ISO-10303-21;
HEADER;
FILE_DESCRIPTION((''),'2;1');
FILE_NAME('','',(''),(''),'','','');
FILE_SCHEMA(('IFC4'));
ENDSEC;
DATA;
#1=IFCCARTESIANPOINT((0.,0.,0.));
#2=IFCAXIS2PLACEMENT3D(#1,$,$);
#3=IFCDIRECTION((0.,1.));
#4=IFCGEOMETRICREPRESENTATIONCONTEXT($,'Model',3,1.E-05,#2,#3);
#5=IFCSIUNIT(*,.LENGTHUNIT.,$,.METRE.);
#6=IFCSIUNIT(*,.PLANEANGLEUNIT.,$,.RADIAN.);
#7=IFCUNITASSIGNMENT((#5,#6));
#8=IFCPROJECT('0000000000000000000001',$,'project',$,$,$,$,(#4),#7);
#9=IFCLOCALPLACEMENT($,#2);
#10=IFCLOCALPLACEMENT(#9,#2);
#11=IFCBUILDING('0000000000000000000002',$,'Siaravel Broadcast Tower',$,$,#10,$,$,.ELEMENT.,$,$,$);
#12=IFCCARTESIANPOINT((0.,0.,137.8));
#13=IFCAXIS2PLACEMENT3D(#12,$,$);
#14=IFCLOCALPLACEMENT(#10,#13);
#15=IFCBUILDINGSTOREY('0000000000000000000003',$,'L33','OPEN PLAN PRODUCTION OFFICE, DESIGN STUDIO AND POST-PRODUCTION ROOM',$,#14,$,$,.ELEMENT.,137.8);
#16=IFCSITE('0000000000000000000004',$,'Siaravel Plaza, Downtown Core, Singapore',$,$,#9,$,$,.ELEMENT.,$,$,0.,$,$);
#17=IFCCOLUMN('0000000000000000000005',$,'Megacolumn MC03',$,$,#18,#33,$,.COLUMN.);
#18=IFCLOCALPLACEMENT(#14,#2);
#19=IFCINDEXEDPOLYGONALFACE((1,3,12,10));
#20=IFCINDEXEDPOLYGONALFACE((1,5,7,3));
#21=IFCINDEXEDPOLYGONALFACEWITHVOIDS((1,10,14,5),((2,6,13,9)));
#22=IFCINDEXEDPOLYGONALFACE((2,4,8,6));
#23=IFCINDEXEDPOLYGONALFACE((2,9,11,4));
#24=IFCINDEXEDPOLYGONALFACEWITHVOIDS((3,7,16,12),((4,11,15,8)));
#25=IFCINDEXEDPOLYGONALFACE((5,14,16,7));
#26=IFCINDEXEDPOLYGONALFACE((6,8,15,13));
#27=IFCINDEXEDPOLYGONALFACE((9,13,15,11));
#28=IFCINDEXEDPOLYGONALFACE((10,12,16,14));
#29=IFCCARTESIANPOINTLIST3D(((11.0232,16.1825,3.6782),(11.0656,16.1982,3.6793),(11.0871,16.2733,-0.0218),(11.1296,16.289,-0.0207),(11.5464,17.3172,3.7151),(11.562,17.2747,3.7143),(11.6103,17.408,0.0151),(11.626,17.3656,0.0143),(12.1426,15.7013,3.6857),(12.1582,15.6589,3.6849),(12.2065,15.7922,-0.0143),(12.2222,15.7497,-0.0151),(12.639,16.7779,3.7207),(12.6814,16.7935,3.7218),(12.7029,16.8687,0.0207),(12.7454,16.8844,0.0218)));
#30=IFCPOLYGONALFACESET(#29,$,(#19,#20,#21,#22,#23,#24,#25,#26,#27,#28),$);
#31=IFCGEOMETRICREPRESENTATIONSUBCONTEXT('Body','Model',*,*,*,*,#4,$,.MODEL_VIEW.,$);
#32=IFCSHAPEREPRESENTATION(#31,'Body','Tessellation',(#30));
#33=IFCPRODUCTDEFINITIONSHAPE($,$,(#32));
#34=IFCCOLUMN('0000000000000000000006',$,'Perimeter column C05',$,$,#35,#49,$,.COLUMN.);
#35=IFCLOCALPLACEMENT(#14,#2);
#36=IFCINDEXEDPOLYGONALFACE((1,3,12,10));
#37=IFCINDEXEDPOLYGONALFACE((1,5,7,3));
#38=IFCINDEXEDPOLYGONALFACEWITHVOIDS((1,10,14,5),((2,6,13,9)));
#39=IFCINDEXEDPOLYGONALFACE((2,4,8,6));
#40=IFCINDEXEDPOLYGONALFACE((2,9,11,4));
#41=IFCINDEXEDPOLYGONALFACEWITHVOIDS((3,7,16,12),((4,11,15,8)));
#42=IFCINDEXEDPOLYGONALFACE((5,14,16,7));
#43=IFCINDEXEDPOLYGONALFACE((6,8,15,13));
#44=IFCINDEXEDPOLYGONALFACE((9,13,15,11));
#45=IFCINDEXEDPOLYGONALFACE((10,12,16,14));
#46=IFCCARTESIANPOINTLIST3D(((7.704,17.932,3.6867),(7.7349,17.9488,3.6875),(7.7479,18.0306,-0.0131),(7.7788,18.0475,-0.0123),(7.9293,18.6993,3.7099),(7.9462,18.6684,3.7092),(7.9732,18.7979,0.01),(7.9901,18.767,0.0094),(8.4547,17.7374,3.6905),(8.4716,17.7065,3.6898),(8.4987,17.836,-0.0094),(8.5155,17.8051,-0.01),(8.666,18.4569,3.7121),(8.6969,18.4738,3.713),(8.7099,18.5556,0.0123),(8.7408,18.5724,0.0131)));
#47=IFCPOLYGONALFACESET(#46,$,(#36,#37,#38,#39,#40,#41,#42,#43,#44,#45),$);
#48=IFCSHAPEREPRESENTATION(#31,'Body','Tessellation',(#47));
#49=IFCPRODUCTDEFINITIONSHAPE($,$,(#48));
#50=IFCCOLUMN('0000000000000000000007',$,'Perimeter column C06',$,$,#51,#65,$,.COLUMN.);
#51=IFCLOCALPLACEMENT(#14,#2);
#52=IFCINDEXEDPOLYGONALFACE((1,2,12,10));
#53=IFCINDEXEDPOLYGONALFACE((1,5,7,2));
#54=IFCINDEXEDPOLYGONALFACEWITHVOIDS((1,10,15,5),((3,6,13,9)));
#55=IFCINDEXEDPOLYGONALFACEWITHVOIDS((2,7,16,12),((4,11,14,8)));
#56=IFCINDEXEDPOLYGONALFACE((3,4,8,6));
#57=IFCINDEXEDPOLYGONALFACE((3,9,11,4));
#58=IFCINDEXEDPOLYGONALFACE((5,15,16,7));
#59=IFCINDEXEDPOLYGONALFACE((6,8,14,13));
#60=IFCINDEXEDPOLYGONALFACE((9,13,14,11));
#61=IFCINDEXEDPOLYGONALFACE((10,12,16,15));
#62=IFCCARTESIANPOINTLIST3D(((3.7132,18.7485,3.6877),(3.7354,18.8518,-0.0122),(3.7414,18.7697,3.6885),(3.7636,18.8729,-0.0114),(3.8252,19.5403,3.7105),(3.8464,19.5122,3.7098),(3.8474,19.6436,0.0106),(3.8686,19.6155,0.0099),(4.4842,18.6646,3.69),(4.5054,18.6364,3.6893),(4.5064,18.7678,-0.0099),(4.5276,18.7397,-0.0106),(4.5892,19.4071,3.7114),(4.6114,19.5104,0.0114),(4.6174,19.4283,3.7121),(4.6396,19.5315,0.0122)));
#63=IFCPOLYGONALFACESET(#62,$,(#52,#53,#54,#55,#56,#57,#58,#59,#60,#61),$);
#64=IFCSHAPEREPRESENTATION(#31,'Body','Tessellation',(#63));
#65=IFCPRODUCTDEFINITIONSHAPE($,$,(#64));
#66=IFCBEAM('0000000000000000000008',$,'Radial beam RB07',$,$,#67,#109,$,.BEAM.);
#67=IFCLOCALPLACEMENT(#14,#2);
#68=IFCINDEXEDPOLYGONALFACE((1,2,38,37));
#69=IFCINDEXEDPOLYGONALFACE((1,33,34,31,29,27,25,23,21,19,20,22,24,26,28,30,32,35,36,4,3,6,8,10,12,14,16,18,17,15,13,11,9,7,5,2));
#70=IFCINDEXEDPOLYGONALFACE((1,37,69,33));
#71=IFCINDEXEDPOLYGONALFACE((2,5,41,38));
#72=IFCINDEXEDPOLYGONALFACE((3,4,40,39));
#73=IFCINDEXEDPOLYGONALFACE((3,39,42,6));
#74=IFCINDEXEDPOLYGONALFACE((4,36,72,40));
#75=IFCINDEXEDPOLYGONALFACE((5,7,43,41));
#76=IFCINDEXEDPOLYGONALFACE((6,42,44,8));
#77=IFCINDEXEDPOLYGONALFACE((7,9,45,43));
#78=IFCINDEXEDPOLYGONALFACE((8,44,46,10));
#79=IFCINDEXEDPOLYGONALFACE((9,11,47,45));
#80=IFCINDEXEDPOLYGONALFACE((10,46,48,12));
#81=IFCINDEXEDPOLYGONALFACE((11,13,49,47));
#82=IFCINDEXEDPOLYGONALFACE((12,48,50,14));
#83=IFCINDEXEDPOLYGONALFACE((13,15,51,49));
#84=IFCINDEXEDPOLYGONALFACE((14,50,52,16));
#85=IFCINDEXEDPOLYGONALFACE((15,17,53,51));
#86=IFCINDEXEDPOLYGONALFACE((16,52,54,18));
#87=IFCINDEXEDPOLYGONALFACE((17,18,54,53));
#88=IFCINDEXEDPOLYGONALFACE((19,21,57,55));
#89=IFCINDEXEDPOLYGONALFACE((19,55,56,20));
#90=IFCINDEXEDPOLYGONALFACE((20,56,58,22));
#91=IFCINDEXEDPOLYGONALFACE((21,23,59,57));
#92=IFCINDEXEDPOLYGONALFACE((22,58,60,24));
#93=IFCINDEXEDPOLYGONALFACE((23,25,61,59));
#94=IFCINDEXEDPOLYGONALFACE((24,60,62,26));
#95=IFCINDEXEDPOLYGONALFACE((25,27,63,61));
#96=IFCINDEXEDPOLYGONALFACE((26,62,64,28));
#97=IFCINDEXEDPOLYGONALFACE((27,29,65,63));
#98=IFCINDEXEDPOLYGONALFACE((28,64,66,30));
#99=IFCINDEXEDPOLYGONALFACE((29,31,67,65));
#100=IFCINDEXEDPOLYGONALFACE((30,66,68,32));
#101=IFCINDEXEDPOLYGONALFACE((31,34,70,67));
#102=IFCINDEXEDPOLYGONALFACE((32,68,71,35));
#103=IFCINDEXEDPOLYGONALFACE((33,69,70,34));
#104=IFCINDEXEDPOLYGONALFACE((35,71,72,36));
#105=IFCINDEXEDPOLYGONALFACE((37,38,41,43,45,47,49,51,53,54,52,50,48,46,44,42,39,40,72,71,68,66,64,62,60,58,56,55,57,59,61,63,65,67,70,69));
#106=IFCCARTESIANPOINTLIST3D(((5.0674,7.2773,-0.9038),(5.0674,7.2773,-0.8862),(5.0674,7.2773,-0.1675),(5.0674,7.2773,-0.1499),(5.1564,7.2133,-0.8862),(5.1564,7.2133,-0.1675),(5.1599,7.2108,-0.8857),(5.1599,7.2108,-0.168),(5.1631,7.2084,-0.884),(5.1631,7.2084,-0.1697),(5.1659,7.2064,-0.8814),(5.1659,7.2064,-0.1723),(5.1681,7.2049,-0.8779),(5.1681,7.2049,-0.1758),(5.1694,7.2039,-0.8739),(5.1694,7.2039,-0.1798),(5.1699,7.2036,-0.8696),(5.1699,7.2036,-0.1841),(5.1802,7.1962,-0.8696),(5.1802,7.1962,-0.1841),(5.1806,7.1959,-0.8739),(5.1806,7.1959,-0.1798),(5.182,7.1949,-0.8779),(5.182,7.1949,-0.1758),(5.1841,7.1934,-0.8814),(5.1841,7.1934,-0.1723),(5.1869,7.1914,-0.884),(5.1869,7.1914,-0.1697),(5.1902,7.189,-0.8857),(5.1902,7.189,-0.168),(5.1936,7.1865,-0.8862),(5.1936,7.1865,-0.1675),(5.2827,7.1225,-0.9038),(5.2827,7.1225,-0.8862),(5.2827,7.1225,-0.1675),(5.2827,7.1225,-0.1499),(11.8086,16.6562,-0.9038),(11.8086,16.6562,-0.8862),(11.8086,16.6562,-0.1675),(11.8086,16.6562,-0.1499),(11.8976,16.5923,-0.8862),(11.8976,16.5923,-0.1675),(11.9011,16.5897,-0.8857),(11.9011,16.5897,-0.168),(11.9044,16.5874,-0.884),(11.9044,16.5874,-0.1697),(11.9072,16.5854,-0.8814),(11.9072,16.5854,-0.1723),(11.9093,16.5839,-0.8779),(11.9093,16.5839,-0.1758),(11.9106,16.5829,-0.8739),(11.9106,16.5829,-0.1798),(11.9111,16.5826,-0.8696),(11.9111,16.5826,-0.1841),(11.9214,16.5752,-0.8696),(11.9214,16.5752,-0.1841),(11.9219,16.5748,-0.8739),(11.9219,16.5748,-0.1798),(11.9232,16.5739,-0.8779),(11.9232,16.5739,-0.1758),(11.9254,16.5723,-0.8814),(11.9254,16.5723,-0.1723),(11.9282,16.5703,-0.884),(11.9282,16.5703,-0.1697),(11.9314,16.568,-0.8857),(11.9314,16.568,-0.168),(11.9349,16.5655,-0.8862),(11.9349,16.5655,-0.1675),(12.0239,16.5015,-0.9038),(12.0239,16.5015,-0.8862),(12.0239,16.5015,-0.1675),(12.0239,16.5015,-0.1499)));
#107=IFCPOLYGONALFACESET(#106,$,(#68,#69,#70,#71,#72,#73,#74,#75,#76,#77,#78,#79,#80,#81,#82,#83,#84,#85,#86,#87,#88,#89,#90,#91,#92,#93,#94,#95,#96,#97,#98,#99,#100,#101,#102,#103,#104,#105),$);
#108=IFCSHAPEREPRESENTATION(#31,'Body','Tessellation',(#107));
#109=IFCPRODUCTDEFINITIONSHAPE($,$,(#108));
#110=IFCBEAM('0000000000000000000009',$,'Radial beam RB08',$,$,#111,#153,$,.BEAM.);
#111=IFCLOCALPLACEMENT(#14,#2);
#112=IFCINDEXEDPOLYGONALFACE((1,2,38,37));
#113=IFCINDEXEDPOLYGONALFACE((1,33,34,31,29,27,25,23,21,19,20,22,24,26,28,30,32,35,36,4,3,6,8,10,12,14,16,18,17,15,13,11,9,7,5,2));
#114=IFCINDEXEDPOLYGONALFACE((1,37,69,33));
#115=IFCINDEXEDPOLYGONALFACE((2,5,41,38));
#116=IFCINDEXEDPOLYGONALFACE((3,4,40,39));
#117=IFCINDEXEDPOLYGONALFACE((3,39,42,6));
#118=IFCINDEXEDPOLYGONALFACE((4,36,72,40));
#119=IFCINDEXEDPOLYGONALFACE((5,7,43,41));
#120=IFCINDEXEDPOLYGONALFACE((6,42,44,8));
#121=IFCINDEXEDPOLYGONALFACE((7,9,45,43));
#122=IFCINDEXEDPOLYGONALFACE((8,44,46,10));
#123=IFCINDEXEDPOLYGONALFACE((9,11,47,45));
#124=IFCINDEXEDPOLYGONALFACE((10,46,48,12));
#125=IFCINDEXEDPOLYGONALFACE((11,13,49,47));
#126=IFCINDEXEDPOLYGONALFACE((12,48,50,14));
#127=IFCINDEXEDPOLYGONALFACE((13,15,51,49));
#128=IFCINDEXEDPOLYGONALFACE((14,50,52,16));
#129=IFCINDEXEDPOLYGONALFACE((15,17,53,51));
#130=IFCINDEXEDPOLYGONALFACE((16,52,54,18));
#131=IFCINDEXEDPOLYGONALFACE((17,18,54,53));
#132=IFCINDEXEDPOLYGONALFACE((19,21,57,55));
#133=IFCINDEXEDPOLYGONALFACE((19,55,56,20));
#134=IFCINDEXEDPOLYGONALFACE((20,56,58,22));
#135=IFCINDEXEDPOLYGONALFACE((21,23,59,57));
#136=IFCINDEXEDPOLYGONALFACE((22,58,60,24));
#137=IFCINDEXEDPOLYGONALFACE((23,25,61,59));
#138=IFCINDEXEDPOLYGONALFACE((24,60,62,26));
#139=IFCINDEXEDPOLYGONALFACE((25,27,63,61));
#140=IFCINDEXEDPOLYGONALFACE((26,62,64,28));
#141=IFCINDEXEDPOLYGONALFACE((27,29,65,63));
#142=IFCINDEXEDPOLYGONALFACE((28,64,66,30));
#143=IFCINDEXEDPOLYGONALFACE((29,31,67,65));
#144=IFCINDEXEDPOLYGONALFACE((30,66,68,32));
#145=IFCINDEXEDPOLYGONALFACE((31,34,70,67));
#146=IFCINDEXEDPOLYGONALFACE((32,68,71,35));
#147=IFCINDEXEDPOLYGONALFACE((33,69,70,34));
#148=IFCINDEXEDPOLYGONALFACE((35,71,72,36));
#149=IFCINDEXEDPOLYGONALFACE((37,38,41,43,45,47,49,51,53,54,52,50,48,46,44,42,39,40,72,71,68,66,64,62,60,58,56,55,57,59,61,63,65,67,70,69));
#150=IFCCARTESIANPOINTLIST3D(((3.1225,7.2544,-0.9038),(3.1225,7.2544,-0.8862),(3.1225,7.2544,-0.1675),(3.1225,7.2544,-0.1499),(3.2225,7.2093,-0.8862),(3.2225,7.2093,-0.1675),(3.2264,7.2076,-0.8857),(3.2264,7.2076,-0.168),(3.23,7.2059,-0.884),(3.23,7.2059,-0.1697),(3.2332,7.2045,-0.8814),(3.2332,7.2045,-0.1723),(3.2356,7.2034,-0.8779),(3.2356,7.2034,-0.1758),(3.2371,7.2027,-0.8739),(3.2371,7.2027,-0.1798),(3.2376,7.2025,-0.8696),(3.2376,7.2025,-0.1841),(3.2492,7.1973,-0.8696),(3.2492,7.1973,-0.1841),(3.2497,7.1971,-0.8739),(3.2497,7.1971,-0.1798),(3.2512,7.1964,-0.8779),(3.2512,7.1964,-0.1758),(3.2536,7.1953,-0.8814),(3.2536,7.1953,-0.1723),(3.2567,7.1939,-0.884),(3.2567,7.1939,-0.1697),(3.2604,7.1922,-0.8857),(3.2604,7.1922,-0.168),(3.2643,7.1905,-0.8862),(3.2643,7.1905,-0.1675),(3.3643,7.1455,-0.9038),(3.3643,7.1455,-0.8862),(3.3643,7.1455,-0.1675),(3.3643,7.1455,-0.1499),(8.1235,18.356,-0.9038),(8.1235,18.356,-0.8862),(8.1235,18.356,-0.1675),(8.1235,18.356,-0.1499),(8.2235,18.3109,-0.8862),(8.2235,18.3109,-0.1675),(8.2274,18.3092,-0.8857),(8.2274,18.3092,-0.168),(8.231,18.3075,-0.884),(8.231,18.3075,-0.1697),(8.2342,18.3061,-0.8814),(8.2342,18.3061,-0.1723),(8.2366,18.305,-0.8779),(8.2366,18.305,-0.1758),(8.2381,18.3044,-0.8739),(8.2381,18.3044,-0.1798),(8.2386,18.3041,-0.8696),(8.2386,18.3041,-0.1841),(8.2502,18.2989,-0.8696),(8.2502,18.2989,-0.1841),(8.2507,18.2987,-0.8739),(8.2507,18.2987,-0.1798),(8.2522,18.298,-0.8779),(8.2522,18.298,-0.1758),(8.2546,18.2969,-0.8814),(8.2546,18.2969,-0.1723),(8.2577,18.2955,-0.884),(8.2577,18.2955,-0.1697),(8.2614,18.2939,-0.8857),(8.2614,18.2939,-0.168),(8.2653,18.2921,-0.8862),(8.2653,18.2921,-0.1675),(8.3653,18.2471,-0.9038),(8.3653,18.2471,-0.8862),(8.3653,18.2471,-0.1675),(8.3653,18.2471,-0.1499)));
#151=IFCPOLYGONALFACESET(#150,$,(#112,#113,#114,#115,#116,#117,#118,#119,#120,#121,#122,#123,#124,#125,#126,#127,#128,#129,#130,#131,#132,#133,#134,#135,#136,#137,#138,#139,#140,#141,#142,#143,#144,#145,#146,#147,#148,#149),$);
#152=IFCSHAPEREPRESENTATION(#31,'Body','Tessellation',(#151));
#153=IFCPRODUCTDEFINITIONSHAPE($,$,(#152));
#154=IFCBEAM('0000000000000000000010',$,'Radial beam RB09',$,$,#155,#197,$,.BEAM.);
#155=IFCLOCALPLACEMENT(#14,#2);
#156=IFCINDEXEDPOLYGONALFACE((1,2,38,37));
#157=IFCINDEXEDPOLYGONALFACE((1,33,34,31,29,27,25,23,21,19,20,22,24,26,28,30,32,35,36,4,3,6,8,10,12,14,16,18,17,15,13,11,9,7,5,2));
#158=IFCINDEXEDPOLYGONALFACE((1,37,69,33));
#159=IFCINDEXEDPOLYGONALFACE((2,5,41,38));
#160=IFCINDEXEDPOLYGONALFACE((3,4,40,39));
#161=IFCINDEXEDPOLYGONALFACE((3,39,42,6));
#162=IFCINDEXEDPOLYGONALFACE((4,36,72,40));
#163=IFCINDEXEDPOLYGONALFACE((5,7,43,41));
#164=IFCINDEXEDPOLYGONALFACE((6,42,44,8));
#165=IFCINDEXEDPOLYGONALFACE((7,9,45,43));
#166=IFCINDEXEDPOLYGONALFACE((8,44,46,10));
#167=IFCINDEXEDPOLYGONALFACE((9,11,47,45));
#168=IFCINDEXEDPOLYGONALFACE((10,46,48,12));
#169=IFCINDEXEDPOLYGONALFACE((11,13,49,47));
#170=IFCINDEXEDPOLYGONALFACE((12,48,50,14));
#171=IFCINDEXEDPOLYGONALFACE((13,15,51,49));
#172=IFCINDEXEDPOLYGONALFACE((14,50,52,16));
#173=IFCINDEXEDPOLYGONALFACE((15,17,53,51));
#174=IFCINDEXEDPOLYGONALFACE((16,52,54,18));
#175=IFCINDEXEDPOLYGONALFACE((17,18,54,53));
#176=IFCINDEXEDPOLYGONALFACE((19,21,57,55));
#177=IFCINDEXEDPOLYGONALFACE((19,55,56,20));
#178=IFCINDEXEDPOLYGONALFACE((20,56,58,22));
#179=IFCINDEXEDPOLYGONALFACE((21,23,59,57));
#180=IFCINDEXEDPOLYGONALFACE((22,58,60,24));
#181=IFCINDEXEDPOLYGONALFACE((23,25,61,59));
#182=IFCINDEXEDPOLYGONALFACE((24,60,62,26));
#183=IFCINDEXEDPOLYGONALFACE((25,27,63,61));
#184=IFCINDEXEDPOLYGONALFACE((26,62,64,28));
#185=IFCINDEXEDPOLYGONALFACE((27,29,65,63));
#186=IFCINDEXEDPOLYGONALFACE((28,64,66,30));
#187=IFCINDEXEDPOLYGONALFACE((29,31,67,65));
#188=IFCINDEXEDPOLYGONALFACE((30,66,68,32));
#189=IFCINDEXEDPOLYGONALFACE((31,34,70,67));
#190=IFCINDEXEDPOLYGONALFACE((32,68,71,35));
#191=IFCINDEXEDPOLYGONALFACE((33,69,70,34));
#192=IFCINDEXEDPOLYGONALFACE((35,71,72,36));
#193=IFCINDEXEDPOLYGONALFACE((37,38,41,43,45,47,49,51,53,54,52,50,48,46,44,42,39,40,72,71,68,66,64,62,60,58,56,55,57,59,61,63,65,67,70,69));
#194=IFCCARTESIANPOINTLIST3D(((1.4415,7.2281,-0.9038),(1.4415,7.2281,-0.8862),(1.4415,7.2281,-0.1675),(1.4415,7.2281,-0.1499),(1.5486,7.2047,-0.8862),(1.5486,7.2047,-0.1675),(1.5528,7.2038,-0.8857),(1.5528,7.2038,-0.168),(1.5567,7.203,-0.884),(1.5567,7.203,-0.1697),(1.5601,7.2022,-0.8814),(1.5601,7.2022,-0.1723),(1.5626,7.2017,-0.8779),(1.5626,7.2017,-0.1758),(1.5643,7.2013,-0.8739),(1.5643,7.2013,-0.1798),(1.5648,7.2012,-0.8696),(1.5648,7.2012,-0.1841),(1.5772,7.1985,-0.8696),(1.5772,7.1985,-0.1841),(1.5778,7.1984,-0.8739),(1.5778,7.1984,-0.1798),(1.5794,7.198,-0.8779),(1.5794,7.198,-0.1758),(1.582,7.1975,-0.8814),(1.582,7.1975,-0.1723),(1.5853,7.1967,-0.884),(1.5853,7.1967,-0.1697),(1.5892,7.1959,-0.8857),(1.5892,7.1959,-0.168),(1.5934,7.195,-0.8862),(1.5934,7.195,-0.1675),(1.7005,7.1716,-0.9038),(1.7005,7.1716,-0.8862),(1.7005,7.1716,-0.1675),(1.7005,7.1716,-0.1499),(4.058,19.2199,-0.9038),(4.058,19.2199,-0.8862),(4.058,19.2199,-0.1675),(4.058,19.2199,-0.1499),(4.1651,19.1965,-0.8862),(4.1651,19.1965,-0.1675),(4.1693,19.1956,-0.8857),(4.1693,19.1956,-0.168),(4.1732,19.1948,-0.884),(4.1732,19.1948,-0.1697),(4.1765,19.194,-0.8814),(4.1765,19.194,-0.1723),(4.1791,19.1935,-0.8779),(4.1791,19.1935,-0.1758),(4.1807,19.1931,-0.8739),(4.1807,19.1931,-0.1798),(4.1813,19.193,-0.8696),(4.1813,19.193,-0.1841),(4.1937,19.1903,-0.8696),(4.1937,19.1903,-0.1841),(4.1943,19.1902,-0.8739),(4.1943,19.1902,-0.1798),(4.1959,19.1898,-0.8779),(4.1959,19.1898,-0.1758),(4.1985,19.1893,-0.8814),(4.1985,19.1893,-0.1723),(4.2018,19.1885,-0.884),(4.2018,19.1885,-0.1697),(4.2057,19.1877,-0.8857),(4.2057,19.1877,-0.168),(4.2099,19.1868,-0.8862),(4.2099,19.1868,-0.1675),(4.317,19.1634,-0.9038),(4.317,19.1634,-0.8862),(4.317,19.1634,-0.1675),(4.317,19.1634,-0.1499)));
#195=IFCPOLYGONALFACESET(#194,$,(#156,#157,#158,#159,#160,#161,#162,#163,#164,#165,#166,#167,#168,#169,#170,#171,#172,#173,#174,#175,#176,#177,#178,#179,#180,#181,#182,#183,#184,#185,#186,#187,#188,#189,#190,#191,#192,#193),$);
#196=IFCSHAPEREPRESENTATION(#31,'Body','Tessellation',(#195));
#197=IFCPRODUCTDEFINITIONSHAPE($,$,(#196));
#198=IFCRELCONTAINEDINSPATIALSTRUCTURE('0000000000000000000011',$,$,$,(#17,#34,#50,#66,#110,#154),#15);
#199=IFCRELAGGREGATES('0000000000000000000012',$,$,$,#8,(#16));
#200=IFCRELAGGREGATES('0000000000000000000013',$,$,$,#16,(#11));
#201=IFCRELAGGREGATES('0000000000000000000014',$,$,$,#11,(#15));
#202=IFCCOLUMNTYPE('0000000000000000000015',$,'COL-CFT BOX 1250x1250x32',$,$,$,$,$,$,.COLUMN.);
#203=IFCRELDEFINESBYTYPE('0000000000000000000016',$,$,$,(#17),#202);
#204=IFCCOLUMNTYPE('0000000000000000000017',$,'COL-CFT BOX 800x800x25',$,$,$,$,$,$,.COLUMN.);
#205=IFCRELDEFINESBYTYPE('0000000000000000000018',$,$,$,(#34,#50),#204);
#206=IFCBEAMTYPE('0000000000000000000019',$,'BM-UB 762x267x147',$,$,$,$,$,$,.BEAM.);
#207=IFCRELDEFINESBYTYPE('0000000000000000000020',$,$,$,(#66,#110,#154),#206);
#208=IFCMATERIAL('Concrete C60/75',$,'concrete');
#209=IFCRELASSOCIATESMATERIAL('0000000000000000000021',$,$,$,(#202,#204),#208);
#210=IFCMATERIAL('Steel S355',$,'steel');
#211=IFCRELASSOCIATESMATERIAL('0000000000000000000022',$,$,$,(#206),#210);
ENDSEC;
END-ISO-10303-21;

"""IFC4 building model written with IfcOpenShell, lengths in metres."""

from ifc_helpers import new_model, si_unit, direction, frame, origin, origin_2d, place, context, subcontext, project, spatial, hollow_rectangle, i_section, extrude, material, material_profile, profile_set, type_object, element, save


model = new_model("IFC4")

# Units and contexts
model_context = context("Model", 3, precision=1e-05, world=origin(), true_north=direction((0.0, 1.0)))
body_context = subcontext(model_context, "Body", "Model", "MODEL_VIEW")
ifc_project = project(units=[si_unit("LENGTHUNIT", "METRE"), si_unit("PLANEANGLEUNIT", "RADIAN")], contexts=[model_context])

# Site, building, storey
site_placement = place(None, origin())
site = spatial("IfcSite", under=ifc_project, at=site_placement, Name="Siaravel Plaza, Downtown Core, Singapore", CompositionType="ELEMENT", RefElevation=0.0)
building_placement = place(site_placement, origin())
building = spatial("IfcBuilding", under=site, at=building_placement, Name="Siaravel Broadcast Tower", CompositionType="ELEMENT")
storey_placement = place(building_placement, frame((0.0, 0.0, 137.8)))
storey = spatial("IfcBuildingStorey", under=building, at=storey_placement, Name="L33", Description="OPEN PLAN PRODUCTION OFFICE, DESIGN STUDIO AND POST-PRODUCTION ROOM", CompositionType="ELEMENT", Elevation=137.8)

# Columns
ifc_material_1 = material(Name="Concrete C60/75", Category="concrete")
ifc_material_profile_1 = material_profile(ifc_material_1, hollow_rectangle(XDim=1.25, YDim=1.25, WallThickness=0.032, at=origin_2d()))
ifc_profile_set_1 = profile_set([ifc_material_profile_1], Name="Concrete C60/75")
column_type_1 = type_object("IfcColumnType", Name="COL-CFT BOX 1250x1250x32", PredefinedType="COLUMN", material=ifc_profile_set_1)
column_placement = place(storey_placement, frame((11.9163, 16.5789, 0.0), z_axis=(-0.01728, -0.024535, 0.99955), x_axis=(0.908023, -0.418886, 0.005416)))
element("IfcColumn", 1, at=column_placement, inside=storey, type_object=column_type_1, Name="Megacolumn MC03", PredefinedType="COLUMN", context=body_context, shape_type="SweptSolid", body=[
    extrude(hollow_rectangle(XDim=1.25, YDim=1.25, WallThickness=0.032, at=origin_2d()), origin(), (0.0, 0.0, 1.0), 3.7017),
])
ifc_material_profile_2 = material_profile(ifc_material_1, hollow_rectangle(XDim=0.8, YDim=0.8, WallThickness=0.0249, at=origin_2d()))
ifc_profile_set_2 = profile_set([ifc_material_profile_2], Name="Concrete C60/75")
column_type_2 = type_object("IfcColumnType", Name="COL-CFT BOX 800x800x25", PredefinedType="COLUMN", material=ifc_profile_set_2)
for number, where, z_axis, x_axis, name in (
    (2, (8.2444, 18.3015, 0.0), (-0.011872, -0.026647, 0.999574), (0.959458, -0.281826, 0.003883), "Perimeter column C05"),
    (3, (4.1875, 19.1917, 0.0), (-0.006002, -0.0279, 0.999593), (0.990138, -0.140083, 0.002035), "Perimeter column C06"),
):
    element("IfcColumn", number, at=place(storey_placement, frame(where, z_axis=z_axis, x_axis=x_axis)), inside=storey, type_object=column_type_2, Name=name, PredefinedType="COLUMN", context=body_context, shape_type="SweptSolid", body=[
        extrude(hollow_rectangle(XDim=0.8, YDim=0.8, WallThickness=0.0249, at=origin_2d()), origin(), (0.0, 0.0, 1.0), 3.7014),
    ])

# Beams
ifc_material_2 = material(Name="Steel S355", Category="steel")
ifc_material_profile_3 = material_profile(ifc_material_2, i_section(OverallWidth=0.2651, OverallDepth=0.7539, WebThickness=0.0127, FlangeThickness=0.0176, FilletRadius=0.0166, at=origin_2d()))
ifc_profile_set_3 = profile_set([ifc_material_profile_3], Name="Steel S355")
beam_type = type_object("IfcBeamType", Name="BM-UB 762x267x147", PredefinedType="BEAM", material=ifc_profile_set_3)
beam_1_placement = place(storey_placement, frame((11.9163, 16.5789, -0.5269), z_axis=(-0.583643, -0.81201, 0.0), x_axis=(0.81201, -0.583643, 0.0)))
element("IfcBeam", 4, at=beam_1_placement, inside=storey, type_object=beam_type, Name="Radial beam RB07", PredefinedType="BEAM", context=body_context, shape_type="SweptSolid", body=[
    extrude(i_section(OverallWidth=0.2651, OverallDepth=0.7539, WebThickness=0.0127, FlangeThickness=0.0176, FilletRadius=0.0166, at=origin_2d()), origin(), (0.0, 0.0, 1.0), 11.5503),
])
beam_2_placement = place(storey_placement, frame((8.2444, 18.3015, -0.5269), z_axis=(-0.410725, -0.911759, 0.0), x_axis=(0.911759, -0.410725, 0.0)))
element("IfcBeam", 5, at=beam_2_placement, inside=storey, type_object=beam_type, Name="Radial beam RB08", PredefinedType="BEAM", context=body_context, shape_type="SweptSolid", body=[
    extrude(i_section(OverallWidth=0.2651, OverallDepth=0.7539, WebThickness=0.0127, FlangeThickness=0.0176, FilletRadius=0.0166, at=origin_2d()), origin(), (0.0, 0.0, 1.0), 12.176),
])
beam_3_placement = place(storey_placement, frame((4.1875, 19.1917, -0.5269), z_axis=(-0.213174, -0.977014, 0.0), x_axis=(0.977014, -0.213174, 0.0)))
element("IfcBeam", 6, at=beam_3_placement, inside=storey, type_object=beam_type, Name="Radial beam RB09", PredefinedType="BEAM", context=body_context, shape_type="SweptSolid", body=[
    extrude(i_section(OverallWidth=0.2651, OverallDepth=0.7539, WebThickness=0.0127, FlangeThickness=0.0176, FilletRadius=0.0166, at=origin_2d()), origin(), (0.0, 0.0, 1.0), 12.2739),
])

save(model, "model.ifc")
